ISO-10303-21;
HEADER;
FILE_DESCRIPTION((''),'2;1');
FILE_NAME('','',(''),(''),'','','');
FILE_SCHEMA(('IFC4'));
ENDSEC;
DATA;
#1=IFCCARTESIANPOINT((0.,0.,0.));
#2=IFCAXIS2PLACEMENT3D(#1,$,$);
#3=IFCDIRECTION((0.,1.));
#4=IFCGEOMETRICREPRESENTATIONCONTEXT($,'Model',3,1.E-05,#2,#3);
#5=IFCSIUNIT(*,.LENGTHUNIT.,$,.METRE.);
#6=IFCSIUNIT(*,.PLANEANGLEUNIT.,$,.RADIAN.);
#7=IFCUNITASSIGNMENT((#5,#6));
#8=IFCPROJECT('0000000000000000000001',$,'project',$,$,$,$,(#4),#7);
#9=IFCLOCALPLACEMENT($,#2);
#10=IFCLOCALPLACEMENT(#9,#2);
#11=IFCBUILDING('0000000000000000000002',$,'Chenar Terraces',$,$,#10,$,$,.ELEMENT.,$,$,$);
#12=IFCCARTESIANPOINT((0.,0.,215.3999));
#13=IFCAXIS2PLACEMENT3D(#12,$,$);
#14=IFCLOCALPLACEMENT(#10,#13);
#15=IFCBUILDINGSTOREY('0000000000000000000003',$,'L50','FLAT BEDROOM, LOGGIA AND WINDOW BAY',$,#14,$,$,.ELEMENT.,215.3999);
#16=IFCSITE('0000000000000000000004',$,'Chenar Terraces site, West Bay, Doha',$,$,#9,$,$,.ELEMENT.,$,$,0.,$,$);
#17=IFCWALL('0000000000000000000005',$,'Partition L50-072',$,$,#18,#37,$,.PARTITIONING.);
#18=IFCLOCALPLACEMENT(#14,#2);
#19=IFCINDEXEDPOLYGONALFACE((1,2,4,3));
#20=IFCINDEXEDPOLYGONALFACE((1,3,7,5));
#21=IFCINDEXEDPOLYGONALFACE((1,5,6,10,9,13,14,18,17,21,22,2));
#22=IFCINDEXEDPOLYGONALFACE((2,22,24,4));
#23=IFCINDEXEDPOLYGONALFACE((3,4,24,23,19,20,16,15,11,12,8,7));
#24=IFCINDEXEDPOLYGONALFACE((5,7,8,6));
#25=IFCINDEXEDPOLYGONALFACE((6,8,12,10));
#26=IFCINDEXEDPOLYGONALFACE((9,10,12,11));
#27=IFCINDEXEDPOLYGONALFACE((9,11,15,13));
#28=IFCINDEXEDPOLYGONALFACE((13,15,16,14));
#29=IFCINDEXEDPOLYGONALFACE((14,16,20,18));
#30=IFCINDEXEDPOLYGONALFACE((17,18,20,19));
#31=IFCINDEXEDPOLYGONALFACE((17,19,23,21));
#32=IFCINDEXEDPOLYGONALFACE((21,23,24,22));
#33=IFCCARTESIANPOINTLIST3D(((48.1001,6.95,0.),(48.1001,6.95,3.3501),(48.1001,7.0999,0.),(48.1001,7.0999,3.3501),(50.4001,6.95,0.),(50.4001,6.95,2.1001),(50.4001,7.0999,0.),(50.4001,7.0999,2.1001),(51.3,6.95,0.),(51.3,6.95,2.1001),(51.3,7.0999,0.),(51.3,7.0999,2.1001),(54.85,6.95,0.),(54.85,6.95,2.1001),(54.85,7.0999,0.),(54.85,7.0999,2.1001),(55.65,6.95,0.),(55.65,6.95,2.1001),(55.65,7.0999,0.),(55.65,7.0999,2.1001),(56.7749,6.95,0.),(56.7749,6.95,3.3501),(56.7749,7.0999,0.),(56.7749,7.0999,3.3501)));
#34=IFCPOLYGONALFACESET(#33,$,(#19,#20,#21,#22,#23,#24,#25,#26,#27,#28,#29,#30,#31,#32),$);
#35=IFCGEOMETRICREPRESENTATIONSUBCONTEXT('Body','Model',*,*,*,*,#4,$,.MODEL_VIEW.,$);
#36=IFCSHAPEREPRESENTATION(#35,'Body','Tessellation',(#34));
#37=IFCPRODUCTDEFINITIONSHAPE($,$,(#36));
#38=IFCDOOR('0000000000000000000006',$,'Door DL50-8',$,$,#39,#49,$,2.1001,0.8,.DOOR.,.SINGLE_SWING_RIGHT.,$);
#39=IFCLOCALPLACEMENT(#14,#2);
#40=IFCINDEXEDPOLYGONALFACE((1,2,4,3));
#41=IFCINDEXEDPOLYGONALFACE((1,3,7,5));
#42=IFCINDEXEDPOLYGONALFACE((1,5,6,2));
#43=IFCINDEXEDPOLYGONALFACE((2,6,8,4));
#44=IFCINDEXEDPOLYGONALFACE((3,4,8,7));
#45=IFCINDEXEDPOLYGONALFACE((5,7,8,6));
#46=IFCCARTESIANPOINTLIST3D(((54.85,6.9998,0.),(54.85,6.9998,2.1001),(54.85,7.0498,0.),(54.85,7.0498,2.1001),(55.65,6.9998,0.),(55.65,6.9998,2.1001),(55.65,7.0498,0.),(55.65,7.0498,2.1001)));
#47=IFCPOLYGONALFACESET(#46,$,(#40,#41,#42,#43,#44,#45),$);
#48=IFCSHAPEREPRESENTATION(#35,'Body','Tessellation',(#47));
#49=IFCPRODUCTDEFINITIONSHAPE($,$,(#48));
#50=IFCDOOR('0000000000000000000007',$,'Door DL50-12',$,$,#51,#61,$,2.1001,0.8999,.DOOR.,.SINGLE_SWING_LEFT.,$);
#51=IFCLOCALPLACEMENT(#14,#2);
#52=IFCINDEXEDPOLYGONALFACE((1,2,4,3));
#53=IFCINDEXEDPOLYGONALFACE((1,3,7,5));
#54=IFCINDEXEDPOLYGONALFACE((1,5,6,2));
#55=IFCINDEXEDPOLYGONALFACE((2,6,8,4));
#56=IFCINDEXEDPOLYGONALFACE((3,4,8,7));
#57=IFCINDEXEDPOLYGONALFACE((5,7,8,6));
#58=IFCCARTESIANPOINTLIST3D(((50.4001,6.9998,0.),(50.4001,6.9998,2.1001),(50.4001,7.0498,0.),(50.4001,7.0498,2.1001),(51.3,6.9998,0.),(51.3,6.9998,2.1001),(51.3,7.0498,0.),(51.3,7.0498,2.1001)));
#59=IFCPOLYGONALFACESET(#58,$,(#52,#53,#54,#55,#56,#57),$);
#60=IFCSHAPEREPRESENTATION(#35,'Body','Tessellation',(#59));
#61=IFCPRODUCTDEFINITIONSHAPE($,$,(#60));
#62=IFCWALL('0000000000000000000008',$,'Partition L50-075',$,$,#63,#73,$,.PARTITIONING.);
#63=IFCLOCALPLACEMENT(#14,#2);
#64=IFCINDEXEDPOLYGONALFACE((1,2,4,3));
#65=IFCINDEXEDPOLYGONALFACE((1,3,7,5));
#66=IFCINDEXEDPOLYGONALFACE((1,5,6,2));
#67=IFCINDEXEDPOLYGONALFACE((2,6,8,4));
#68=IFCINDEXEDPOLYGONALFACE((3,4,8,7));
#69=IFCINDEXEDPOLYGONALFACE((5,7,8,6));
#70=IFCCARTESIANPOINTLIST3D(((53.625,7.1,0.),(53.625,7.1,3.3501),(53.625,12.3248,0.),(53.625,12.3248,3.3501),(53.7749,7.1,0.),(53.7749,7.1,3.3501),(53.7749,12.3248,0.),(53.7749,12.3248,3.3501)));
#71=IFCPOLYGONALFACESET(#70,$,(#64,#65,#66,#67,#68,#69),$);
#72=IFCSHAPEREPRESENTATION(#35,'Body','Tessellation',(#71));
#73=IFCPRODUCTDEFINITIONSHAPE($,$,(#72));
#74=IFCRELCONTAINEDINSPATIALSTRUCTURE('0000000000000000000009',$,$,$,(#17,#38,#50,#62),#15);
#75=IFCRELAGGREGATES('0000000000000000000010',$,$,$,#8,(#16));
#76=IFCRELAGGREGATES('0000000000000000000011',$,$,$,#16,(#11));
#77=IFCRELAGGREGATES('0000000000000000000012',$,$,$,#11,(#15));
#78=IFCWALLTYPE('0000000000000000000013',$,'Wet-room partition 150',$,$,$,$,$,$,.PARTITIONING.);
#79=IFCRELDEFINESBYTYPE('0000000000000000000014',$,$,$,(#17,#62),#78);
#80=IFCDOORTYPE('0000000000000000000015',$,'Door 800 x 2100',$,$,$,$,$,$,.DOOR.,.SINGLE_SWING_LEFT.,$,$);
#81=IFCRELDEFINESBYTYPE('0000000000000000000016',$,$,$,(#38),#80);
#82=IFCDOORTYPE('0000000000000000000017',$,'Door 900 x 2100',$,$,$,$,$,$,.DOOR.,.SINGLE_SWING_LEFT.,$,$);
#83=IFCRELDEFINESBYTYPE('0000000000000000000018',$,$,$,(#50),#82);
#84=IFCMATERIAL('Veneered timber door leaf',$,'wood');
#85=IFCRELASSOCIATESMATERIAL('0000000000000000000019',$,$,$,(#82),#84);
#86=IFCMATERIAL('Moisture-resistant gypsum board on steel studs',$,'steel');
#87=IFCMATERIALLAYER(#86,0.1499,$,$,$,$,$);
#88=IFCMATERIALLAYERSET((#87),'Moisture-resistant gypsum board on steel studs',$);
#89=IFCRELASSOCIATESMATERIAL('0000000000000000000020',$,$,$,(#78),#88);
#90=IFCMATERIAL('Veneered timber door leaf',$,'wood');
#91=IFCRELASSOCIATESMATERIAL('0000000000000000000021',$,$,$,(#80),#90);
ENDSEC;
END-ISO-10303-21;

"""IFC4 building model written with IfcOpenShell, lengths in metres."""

from ifc_helpers import new_model, si_unit, direction, frame, frame_2d, origin, place, context, subcontext, project, spatial, rectangle, extrude, material, layer, layer_set, type_object, element, fill, save


model = new_model("IFC4")

# Units and contexts
model_context = context("Model", 3, precision=1e-05, world=origin(), true_north=direction((0.0, 1.0)))
body_context = subcontext(model_context, "Body", "Model", "MODEL_VIEW")
ifc_project = project(units=[si_unit("LENGTHUNIT", "METRE"), si_unit("PLANEANGLEUNIT", "RADIAN")], contexts=[model_context])

# Site, building, storey
site_placement = place(None, origin())
site = spatial("IfcSite", under=ifc_project, at=site_placement, Name="Chenar Terraces site, West Bay, Doha", CompositionType="ELEMENT", RefElevation=0.0)
building_placement = place(site_placement, origin())
building = spatial("IfcBuilding", under=site, at=building_placement, Name="Chenar Terraces", CompositionType="ELEMENT")
storey_placement = place(building_placement, frame((0.0, 0.0, 215.3999)))
storey = spatial("IfcBuildingStorey", under=building, at=storey_placement, Name="L50", Description="FLAT BEDROOM, LOGGIA AND WINDOW BAY", CompositionType="ELEMENT", Elevation=215.3999)

# Shared definitions
ifc_material_1 = material(Name="Veneered timber door leaf", Category="wood")
door_type_1 = type_object("IfcDoorType", Name="Door 900 x 2100", OperationType="SINGLE_SWING_LEFT", PredefinedType="DOOR", material=ifc_material_1)

# Shared definitions
ifc_material_2 = material(Name="Moisture-resistant gypsum board on steel studs", Category="steel")
ifc_layer_1 = layer(ifc_material_2, 0.1499)
ifc_layer_set_1 = layer_set([ifc_layer_1], Name="Moisture-resistant gypsum board on steel studs")
wall_type_1 = type_object("IfcWallType", Name="Wet-room partition 150", PredefinedType="PARTITIONING", material=ifc_layer_set_1)
ifc_material_3 = material(Name="Veneered timber door leaf", Category="wood")
door_type_2 = type_object("IfcDoorType", Name="Door 800 x 2100", OperationType="SINGLE_SWING_LEFT", PredefinedType="DOOR", material=ifc_material_3)

# Wall, openings, doors
wall_1_placement = place(storey_placement, frame((48.1001, 7.0249, 0.0), z_axis=(0.0, 0.0, 1.0), x_axis=(1.0, 0.0, 0.0)))
wall_1 = element("IfcWall", 1, at=wall_1_placement, inside=storey, type_object=wall_type_1, Name="Partition L50-072", PredefinedType="PARTITIONING", context=body_context, shape_type="SweptSolid", body=[
    extrude(rectangle(XDim=8.6748, YDim=0.1499, at=frame_2d((4.3374, 0.0))), origin(), (0.0, 0.0, 1.0), 3.3501),
])
opening_1_placement = place(wall_1_placement, frame((6.75, 0.0, 0.0)))
opening_1 = element("IfcOpeningElement", 2, at=opening_1_placement, cuts=wall_1, PredefinedType="OPENING", context=body_context, shape_type="SweptSolid", body=[
    extrude(rectangle(XDim=0.8, YDim=2.1001, at=frame_2d((0.3999, 1.05))), frame((0.0, 0.085, 0.0), z_axis=(0.0, -1.0, 0.0), x_axis=(1.0, 0.0, 0.0)), (0.0, 0.0, 1.0), 0.1699),
])
opening_2_placement = place(wall_1_placement, frame((2.3, 0.0, 0.0)))
opening_2 = element("IfcOpeningElement", 3, at=opening_2_placement, cuts=wall_1, PredefinedType="OPENING", context=body_context, shape_type="SweptSolid", body=[
    extrude(rectangle(XDim=0.8999, YDim=2.1001, at=frame_2d((0.45, 1.05))), frame((0.0, 0.085, 0.0), z_axis=(0.0, -1.0, 0.0), x_axis=(1.0, 0.0, 0.0)), (0.0, 0.0, 1.0), 0.1699),
])
door_1_placement = place(opening_1_placement, origin())
door_1 = element("IfcDoor", 4, at=door_1_placement, inside=storey, type_object=door_type_2, Name="Door DL50-8", OperationType="SINGLE_SWING_RIGHT", OverallHeight=2.1001, OverallWidth=0.8, PredefinedType="DOOR", context=body_context, shape_type="SweptSolid", body=[
    extrude(rectangle(XDim=0.8, YDim=2.1001, at=frame_2d((0.3999, 1.05))), frame((0.0, 0.0249, 0.0), z_axis=(0.0, -1.0, 0.0), x_axis=(1.0, 0.0, 0.0)), (0.0, 0.0, 1.0), 0.05),
])
fill(opening_1, door_1)
door_2_placement = place(opening_2_placement, origin())
door_2 = element("IfcDoor", 5, at=door_2_placement, inside=storey, type_object=door_type_1, Name="Door DL50-12", OperationType="SINGLE_SWING_LEFT", OverallHeight=2.1001, OverallWidth=0.8999, PredefinedType="DOOR", context=body_context, shape_type="SweptSolid", body=[
    extrude(rectangle(XDim=0.8999, YDim=2.1001, at=frame_2d((0.45, 1.05))), frame((0.0, 0.0249, 0.0), z_axis=(0.0, -1.0, 0.0), x_axis=(1.0, 0.0, 0.0)), (0.0, 0.0, 1.0), 0.05),
])
fill(opening_2, door_2)

# Wall
wall_2_placement = place(storey_placement, frame((53.7, 7.1001, 0.0), z_axis=(0.0, 0.0, 1.0), x_axis=(0.0, 1.0, 0.0)))
element("IfcWall", 6, at=wall_2_placement, inside=storey, type_object=wall_type_1, Name="Partition L50-075", PredefinedType="PARTITIONING", context=body_context, shape_type="SweptSolid", body=[
    extrude(rectangle(XDim=5.2249, YDim=0.1499, at=frame_2d((2.6123, 0.0))), origin(), (0.0, 0.0, 1.0), 3.3501),
])

save(model, "model.ifc")
